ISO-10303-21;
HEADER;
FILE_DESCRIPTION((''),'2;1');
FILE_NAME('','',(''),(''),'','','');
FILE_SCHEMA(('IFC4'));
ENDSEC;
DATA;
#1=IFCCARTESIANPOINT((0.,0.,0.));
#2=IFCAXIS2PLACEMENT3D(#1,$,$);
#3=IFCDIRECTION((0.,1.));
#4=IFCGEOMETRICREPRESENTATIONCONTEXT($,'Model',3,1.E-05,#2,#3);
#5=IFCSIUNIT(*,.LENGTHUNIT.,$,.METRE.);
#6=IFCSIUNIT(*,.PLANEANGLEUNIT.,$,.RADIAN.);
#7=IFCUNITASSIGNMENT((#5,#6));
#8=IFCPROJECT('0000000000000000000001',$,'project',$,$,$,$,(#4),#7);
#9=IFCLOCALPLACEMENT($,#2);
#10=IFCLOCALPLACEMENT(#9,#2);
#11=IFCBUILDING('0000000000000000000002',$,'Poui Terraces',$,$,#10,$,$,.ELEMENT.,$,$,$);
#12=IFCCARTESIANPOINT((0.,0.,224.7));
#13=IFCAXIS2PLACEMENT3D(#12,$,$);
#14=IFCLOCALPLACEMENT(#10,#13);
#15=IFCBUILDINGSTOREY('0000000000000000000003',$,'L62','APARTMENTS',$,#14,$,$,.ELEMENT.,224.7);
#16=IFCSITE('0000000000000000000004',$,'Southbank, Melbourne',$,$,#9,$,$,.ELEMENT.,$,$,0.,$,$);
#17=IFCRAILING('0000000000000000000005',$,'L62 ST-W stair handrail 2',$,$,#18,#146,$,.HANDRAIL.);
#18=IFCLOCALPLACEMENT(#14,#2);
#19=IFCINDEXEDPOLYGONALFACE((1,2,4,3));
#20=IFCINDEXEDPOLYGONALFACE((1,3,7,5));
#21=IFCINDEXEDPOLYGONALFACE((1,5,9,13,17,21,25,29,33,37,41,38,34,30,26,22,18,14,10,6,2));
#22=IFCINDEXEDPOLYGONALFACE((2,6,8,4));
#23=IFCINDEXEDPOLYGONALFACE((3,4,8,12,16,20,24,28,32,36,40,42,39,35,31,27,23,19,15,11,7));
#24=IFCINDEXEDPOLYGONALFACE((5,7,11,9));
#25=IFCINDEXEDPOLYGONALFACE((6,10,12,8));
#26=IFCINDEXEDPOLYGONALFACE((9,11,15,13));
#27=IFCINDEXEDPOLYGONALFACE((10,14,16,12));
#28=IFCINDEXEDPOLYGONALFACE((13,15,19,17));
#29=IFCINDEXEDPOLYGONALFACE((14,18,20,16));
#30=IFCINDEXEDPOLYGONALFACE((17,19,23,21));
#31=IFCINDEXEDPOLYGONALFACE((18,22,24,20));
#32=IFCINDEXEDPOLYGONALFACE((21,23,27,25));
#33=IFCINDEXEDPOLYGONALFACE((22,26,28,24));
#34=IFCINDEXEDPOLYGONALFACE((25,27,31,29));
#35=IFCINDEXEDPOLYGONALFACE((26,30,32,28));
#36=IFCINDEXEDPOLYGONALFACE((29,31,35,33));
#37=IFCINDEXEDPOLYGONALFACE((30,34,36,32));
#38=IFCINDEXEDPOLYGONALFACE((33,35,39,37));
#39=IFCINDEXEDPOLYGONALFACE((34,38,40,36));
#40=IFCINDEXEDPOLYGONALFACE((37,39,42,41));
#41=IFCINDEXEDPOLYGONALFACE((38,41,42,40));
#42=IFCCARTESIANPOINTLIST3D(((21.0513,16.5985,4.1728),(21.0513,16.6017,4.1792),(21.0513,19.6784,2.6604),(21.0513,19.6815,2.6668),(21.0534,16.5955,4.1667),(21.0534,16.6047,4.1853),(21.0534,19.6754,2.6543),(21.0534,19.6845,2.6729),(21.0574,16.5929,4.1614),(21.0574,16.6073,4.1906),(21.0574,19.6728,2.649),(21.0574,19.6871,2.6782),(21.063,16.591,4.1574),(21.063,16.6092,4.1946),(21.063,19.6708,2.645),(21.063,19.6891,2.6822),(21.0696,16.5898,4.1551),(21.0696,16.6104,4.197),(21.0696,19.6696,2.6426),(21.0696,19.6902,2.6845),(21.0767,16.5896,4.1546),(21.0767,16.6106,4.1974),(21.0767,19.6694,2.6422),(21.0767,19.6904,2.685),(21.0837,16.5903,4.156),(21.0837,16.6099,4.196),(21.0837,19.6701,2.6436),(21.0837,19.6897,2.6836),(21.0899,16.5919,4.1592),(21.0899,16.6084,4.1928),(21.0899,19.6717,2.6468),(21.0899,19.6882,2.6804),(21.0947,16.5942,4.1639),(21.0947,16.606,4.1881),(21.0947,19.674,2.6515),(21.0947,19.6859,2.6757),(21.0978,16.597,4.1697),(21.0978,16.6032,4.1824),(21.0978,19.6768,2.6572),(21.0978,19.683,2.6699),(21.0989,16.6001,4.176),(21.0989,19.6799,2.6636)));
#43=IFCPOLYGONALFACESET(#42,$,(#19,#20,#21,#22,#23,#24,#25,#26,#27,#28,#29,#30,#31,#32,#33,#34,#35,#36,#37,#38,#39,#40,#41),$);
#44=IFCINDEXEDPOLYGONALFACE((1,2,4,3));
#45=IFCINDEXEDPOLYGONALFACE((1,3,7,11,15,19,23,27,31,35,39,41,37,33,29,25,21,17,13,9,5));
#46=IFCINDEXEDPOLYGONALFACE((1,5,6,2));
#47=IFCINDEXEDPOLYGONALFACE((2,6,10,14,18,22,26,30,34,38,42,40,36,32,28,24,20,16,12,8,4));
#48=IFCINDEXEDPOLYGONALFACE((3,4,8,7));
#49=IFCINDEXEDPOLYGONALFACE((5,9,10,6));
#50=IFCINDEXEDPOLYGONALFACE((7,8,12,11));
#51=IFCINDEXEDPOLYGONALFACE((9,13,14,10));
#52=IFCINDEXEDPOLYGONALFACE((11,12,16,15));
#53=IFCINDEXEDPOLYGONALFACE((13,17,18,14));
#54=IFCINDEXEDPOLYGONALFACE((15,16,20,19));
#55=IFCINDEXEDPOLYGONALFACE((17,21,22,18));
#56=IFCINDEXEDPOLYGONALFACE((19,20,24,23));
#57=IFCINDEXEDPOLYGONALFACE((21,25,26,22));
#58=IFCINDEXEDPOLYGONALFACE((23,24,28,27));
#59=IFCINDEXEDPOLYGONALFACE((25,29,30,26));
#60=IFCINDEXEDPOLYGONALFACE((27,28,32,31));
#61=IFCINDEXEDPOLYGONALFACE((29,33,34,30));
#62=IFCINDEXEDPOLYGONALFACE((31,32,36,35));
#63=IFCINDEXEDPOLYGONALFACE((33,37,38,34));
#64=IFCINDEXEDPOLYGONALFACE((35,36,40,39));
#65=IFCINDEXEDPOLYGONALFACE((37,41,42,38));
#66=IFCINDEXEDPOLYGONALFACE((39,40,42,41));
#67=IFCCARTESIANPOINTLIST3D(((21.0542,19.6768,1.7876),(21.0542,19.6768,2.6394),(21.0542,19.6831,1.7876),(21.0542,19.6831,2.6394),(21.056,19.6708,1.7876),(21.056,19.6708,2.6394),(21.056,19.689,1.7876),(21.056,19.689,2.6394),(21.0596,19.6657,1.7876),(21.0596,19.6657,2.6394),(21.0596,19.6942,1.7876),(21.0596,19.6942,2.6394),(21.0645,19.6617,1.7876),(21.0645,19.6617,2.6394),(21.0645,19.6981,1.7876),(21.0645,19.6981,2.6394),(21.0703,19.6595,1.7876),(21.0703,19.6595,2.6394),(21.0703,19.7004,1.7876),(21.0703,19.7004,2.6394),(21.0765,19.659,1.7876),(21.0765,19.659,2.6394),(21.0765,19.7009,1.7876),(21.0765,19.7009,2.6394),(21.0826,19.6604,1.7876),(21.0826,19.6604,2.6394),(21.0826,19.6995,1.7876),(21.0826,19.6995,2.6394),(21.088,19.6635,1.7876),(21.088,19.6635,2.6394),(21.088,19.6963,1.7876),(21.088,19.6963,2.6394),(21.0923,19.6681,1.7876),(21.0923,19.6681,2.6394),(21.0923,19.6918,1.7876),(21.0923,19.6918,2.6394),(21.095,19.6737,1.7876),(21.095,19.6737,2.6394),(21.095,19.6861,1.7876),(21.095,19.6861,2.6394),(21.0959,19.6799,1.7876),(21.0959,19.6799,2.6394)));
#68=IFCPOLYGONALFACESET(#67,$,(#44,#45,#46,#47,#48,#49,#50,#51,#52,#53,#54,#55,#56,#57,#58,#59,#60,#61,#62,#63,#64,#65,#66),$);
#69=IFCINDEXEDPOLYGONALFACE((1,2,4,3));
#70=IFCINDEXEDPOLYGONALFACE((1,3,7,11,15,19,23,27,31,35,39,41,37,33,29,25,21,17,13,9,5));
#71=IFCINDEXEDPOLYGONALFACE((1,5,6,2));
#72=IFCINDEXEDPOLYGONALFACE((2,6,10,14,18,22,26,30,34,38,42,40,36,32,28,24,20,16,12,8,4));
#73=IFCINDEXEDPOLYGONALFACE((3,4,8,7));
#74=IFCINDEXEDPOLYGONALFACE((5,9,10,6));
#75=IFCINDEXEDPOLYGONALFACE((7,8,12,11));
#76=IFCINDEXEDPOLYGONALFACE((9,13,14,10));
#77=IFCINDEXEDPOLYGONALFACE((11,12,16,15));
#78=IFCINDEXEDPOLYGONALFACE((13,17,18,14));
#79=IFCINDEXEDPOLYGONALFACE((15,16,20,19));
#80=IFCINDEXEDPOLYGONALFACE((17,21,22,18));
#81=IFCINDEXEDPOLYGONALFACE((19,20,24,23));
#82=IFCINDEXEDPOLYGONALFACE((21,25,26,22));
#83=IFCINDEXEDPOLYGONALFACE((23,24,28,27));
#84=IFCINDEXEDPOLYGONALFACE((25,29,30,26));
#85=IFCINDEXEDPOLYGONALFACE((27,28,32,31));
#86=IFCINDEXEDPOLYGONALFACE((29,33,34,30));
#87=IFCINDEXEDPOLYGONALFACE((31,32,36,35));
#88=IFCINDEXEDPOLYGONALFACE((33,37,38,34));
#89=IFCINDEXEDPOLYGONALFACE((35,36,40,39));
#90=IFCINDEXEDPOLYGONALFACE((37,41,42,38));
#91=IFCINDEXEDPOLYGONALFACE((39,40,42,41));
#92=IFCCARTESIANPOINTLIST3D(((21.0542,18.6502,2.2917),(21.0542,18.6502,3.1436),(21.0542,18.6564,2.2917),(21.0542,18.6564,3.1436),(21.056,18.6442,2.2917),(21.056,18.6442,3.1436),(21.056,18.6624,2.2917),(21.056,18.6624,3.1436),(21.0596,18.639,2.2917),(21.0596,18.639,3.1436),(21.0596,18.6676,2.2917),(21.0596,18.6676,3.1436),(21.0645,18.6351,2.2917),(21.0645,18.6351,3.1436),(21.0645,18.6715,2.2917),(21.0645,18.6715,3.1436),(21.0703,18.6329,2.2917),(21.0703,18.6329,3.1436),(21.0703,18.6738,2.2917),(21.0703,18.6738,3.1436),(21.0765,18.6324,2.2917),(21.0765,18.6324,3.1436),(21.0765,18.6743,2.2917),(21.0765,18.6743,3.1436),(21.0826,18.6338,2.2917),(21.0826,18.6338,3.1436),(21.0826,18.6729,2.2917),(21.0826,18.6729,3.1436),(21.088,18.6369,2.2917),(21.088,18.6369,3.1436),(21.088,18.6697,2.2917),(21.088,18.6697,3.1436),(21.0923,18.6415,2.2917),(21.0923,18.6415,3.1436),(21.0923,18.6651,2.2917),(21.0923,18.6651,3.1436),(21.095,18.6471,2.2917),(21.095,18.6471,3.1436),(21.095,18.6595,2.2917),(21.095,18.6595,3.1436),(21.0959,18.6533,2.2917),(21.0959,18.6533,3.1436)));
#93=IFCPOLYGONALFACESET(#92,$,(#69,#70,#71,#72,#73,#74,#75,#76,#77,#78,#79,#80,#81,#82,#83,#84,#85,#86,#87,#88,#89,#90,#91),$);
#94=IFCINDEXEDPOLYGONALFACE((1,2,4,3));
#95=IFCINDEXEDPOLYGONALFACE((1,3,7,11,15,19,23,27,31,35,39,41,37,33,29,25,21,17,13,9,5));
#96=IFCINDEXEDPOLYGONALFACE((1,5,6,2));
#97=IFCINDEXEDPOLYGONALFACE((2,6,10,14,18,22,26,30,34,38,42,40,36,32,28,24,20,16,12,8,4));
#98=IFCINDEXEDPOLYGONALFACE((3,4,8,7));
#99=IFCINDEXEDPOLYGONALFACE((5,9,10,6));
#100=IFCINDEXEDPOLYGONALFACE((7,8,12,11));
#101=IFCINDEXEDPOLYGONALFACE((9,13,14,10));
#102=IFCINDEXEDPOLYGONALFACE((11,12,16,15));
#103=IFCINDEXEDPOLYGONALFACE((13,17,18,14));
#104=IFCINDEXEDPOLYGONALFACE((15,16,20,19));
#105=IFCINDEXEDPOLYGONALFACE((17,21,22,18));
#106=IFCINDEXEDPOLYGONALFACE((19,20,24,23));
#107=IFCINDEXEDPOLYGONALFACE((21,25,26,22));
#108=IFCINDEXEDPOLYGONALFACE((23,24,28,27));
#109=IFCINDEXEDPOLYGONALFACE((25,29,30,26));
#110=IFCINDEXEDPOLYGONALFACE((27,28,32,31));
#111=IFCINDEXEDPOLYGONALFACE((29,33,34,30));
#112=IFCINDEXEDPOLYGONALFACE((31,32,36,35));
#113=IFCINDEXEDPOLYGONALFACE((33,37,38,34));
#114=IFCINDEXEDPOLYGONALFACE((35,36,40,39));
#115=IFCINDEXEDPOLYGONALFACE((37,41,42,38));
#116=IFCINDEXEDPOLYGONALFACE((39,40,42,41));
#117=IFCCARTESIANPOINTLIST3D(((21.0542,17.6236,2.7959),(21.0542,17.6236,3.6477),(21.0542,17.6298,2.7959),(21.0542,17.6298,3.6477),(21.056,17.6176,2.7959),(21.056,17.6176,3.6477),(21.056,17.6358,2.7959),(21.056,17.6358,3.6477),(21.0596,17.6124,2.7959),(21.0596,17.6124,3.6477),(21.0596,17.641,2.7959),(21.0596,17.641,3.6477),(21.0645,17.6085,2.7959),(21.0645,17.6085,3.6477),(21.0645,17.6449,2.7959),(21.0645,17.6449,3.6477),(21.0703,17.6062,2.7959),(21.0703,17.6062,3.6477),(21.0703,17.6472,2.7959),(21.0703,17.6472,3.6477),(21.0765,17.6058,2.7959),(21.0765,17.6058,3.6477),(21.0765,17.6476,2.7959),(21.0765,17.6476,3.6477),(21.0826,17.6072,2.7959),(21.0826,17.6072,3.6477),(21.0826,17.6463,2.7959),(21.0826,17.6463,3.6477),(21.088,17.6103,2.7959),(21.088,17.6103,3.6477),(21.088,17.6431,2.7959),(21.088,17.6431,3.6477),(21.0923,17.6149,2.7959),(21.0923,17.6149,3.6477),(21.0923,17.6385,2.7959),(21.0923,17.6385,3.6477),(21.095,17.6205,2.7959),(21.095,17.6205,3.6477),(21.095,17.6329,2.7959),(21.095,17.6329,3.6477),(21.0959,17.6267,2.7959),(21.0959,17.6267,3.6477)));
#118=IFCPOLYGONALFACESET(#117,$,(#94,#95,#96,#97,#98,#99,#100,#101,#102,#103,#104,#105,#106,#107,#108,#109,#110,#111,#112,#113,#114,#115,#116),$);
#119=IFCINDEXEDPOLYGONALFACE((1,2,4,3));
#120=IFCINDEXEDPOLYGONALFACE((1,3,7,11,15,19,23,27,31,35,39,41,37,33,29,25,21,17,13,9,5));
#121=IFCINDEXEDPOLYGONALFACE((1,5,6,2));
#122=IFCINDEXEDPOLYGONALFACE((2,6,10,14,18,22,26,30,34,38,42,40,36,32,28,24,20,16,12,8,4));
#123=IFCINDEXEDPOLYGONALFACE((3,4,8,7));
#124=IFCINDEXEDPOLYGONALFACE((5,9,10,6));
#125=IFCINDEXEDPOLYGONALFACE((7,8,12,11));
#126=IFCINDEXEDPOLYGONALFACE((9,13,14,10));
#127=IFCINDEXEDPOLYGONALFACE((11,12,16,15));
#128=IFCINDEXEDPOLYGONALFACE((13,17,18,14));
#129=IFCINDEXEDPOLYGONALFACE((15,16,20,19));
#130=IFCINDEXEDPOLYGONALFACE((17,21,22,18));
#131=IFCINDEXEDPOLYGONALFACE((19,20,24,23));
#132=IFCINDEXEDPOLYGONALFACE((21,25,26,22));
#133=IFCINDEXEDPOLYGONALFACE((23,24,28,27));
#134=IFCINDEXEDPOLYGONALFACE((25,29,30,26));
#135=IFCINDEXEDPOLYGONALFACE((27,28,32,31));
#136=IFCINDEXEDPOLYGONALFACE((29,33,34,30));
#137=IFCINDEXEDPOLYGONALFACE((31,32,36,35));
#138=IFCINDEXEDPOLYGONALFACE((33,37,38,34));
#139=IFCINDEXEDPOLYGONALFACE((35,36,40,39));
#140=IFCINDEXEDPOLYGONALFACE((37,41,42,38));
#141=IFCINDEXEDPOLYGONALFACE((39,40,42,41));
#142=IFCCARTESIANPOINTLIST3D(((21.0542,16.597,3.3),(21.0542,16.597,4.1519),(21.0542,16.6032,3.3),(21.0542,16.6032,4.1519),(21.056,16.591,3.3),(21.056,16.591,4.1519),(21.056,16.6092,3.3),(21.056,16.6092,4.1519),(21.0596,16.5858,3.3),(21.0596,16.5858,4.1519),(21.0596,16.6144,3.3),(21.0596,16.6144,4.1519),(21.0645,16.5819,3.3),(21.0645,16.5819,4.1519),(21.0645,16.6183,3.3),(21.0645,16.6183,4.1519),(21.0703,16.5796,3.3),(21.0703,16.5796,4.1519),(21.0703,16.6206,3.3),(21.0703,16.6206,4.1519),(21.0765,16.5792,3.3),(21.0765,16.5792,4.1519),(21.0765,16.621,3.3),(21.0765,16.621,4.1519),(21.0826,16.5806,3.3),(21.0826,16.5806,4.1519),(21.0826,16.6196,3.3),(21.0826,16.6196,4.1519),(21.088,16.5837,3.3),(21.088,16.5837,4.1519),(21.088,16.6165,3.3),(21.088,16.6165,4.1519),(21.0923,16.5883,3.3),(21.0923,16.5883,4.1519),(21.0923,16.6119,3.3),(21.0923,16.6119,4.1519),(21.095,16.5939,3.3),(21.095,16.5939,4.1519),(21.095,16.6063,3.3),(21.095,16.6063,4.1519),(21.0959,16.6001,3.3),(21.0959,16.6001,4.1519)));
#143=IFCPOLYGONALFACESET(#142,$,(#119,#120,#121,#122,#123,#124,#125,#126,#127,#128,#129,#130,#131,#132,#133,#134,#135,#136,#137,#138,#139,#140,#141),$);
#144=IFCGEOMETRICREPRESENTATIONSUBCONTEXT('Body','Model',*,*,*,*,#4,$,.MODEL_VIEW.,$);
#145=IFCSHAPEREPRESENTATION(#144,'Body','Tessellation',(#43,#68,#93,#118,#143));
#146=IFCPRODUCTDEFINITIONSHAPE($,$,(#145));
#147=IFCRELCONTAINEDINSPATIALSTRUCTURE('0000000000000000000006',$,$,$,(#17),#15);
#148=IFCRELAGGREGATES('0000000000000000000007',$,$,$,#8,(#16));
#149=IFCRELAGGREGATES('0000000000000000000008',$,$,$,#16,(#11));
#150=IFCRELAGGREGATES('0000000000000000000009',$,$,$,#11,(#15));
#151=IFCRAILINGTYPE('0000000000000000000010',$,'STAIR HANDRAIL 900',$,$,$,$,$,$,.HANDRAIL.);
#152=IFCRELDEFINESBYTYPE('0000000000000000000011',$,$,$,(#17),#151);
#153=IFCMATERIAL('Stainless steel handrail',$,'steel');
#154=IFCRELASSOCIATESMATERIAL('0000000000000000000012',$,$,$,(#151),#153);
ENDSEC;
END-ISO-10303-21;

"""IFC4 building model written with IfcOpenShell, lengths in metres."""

from ifc_helpers import new_model, si_unit, direction, frame, origin, origin_2d, place, context, subcontext, project, spatial, circle, extrude, material, type_object, element, save


model = new_model("IFC4")

# Units and contexts
model_context = context("Model", 3, precision=1e-05, world=origin(), true_north=direction((0.0, 1.0)))
body_context = subcontext(model_context, "Body", "Model", "MODEL_VIEW")
ifc_project = project(units=[si_unit("LENGTHUNIT", "METRE"), si_unit("PLANEANGLEUNIT", "RADIAN")], contexts=[model_context])

# Site, building, storey
site_placement = place(None, origin())
site = spatial("IfcSite", under=ifc_project, at=site_placement, Name="Southbank, Melbourne", CompositionType="ELEMENT", RefElevation=0.0)
building_placement = place(site_placement, origin())
building = spatial("IfcBuilding", under=site, at=building_placement, Name="Poui Terraces", CompositionType="ELEMENT")
storey_placement = place(building_placement, frame((0.0, 0.0, 224.7)))
storey = spatial("IfcBuildingStorey", under=building, at=storey_placement, Name="L62", Description="APARTMENTS", CompositionType="ELEMENT", Elevation=224.7)

# Railing
ifc_material_1 = material(Name="Stainless steel handrail", Category="steel")
railing_type_1 = type_object("IfcRailingType", Name="STAIR HANDRAIL 900", PredefinedType="HANDRAIL", material=ifc_material_1)
railing_1_placement = place(storey_placement, frame((21.075, 19.6799, 1.7876)))
element("IfcRailing", 1, at=railing_1_placement, inside=storey, type_object=railing_type_1, Name="L62 ST-W stair handrail 2", PredefinedType="HANDRAIL", context=body_context, shape_type="SweptSolid", body=[
    extrude(circle(Radius=0.0239, at=origin_2d()), frame((0.0, 0.0, 0.876), z_axis=(0.0, -0.897606, 0.440798), x_axis=(1.0, 0.0, 0.0)), (0.0, 0.0, 1.0), 3.4312),
    extrude(circle(Radius=0.021, at=origin_2d()), origin(), (0.0, 0.0, 1.0), 0.8518),
    extrude(circle(Radius=0.021, at=origin_2d()), frame((0.0, -1.0266, 0.5042)), (0.0, 0.0, 1.0), 0.8518),
    extrude(circle(Radius=0.021, at=origin_2d()), frame((0.0, -2.0532, 1.0083)), (0.0, 0.0, 1.0), 0.8518),
    extrude(circle(Radius=0.021, at=origin_2d()), frame((0.0, -3.0798, 1.5125)), (0.0, 0.0, 1.0), 0.8518),
])

save(model, "model.ifc")
